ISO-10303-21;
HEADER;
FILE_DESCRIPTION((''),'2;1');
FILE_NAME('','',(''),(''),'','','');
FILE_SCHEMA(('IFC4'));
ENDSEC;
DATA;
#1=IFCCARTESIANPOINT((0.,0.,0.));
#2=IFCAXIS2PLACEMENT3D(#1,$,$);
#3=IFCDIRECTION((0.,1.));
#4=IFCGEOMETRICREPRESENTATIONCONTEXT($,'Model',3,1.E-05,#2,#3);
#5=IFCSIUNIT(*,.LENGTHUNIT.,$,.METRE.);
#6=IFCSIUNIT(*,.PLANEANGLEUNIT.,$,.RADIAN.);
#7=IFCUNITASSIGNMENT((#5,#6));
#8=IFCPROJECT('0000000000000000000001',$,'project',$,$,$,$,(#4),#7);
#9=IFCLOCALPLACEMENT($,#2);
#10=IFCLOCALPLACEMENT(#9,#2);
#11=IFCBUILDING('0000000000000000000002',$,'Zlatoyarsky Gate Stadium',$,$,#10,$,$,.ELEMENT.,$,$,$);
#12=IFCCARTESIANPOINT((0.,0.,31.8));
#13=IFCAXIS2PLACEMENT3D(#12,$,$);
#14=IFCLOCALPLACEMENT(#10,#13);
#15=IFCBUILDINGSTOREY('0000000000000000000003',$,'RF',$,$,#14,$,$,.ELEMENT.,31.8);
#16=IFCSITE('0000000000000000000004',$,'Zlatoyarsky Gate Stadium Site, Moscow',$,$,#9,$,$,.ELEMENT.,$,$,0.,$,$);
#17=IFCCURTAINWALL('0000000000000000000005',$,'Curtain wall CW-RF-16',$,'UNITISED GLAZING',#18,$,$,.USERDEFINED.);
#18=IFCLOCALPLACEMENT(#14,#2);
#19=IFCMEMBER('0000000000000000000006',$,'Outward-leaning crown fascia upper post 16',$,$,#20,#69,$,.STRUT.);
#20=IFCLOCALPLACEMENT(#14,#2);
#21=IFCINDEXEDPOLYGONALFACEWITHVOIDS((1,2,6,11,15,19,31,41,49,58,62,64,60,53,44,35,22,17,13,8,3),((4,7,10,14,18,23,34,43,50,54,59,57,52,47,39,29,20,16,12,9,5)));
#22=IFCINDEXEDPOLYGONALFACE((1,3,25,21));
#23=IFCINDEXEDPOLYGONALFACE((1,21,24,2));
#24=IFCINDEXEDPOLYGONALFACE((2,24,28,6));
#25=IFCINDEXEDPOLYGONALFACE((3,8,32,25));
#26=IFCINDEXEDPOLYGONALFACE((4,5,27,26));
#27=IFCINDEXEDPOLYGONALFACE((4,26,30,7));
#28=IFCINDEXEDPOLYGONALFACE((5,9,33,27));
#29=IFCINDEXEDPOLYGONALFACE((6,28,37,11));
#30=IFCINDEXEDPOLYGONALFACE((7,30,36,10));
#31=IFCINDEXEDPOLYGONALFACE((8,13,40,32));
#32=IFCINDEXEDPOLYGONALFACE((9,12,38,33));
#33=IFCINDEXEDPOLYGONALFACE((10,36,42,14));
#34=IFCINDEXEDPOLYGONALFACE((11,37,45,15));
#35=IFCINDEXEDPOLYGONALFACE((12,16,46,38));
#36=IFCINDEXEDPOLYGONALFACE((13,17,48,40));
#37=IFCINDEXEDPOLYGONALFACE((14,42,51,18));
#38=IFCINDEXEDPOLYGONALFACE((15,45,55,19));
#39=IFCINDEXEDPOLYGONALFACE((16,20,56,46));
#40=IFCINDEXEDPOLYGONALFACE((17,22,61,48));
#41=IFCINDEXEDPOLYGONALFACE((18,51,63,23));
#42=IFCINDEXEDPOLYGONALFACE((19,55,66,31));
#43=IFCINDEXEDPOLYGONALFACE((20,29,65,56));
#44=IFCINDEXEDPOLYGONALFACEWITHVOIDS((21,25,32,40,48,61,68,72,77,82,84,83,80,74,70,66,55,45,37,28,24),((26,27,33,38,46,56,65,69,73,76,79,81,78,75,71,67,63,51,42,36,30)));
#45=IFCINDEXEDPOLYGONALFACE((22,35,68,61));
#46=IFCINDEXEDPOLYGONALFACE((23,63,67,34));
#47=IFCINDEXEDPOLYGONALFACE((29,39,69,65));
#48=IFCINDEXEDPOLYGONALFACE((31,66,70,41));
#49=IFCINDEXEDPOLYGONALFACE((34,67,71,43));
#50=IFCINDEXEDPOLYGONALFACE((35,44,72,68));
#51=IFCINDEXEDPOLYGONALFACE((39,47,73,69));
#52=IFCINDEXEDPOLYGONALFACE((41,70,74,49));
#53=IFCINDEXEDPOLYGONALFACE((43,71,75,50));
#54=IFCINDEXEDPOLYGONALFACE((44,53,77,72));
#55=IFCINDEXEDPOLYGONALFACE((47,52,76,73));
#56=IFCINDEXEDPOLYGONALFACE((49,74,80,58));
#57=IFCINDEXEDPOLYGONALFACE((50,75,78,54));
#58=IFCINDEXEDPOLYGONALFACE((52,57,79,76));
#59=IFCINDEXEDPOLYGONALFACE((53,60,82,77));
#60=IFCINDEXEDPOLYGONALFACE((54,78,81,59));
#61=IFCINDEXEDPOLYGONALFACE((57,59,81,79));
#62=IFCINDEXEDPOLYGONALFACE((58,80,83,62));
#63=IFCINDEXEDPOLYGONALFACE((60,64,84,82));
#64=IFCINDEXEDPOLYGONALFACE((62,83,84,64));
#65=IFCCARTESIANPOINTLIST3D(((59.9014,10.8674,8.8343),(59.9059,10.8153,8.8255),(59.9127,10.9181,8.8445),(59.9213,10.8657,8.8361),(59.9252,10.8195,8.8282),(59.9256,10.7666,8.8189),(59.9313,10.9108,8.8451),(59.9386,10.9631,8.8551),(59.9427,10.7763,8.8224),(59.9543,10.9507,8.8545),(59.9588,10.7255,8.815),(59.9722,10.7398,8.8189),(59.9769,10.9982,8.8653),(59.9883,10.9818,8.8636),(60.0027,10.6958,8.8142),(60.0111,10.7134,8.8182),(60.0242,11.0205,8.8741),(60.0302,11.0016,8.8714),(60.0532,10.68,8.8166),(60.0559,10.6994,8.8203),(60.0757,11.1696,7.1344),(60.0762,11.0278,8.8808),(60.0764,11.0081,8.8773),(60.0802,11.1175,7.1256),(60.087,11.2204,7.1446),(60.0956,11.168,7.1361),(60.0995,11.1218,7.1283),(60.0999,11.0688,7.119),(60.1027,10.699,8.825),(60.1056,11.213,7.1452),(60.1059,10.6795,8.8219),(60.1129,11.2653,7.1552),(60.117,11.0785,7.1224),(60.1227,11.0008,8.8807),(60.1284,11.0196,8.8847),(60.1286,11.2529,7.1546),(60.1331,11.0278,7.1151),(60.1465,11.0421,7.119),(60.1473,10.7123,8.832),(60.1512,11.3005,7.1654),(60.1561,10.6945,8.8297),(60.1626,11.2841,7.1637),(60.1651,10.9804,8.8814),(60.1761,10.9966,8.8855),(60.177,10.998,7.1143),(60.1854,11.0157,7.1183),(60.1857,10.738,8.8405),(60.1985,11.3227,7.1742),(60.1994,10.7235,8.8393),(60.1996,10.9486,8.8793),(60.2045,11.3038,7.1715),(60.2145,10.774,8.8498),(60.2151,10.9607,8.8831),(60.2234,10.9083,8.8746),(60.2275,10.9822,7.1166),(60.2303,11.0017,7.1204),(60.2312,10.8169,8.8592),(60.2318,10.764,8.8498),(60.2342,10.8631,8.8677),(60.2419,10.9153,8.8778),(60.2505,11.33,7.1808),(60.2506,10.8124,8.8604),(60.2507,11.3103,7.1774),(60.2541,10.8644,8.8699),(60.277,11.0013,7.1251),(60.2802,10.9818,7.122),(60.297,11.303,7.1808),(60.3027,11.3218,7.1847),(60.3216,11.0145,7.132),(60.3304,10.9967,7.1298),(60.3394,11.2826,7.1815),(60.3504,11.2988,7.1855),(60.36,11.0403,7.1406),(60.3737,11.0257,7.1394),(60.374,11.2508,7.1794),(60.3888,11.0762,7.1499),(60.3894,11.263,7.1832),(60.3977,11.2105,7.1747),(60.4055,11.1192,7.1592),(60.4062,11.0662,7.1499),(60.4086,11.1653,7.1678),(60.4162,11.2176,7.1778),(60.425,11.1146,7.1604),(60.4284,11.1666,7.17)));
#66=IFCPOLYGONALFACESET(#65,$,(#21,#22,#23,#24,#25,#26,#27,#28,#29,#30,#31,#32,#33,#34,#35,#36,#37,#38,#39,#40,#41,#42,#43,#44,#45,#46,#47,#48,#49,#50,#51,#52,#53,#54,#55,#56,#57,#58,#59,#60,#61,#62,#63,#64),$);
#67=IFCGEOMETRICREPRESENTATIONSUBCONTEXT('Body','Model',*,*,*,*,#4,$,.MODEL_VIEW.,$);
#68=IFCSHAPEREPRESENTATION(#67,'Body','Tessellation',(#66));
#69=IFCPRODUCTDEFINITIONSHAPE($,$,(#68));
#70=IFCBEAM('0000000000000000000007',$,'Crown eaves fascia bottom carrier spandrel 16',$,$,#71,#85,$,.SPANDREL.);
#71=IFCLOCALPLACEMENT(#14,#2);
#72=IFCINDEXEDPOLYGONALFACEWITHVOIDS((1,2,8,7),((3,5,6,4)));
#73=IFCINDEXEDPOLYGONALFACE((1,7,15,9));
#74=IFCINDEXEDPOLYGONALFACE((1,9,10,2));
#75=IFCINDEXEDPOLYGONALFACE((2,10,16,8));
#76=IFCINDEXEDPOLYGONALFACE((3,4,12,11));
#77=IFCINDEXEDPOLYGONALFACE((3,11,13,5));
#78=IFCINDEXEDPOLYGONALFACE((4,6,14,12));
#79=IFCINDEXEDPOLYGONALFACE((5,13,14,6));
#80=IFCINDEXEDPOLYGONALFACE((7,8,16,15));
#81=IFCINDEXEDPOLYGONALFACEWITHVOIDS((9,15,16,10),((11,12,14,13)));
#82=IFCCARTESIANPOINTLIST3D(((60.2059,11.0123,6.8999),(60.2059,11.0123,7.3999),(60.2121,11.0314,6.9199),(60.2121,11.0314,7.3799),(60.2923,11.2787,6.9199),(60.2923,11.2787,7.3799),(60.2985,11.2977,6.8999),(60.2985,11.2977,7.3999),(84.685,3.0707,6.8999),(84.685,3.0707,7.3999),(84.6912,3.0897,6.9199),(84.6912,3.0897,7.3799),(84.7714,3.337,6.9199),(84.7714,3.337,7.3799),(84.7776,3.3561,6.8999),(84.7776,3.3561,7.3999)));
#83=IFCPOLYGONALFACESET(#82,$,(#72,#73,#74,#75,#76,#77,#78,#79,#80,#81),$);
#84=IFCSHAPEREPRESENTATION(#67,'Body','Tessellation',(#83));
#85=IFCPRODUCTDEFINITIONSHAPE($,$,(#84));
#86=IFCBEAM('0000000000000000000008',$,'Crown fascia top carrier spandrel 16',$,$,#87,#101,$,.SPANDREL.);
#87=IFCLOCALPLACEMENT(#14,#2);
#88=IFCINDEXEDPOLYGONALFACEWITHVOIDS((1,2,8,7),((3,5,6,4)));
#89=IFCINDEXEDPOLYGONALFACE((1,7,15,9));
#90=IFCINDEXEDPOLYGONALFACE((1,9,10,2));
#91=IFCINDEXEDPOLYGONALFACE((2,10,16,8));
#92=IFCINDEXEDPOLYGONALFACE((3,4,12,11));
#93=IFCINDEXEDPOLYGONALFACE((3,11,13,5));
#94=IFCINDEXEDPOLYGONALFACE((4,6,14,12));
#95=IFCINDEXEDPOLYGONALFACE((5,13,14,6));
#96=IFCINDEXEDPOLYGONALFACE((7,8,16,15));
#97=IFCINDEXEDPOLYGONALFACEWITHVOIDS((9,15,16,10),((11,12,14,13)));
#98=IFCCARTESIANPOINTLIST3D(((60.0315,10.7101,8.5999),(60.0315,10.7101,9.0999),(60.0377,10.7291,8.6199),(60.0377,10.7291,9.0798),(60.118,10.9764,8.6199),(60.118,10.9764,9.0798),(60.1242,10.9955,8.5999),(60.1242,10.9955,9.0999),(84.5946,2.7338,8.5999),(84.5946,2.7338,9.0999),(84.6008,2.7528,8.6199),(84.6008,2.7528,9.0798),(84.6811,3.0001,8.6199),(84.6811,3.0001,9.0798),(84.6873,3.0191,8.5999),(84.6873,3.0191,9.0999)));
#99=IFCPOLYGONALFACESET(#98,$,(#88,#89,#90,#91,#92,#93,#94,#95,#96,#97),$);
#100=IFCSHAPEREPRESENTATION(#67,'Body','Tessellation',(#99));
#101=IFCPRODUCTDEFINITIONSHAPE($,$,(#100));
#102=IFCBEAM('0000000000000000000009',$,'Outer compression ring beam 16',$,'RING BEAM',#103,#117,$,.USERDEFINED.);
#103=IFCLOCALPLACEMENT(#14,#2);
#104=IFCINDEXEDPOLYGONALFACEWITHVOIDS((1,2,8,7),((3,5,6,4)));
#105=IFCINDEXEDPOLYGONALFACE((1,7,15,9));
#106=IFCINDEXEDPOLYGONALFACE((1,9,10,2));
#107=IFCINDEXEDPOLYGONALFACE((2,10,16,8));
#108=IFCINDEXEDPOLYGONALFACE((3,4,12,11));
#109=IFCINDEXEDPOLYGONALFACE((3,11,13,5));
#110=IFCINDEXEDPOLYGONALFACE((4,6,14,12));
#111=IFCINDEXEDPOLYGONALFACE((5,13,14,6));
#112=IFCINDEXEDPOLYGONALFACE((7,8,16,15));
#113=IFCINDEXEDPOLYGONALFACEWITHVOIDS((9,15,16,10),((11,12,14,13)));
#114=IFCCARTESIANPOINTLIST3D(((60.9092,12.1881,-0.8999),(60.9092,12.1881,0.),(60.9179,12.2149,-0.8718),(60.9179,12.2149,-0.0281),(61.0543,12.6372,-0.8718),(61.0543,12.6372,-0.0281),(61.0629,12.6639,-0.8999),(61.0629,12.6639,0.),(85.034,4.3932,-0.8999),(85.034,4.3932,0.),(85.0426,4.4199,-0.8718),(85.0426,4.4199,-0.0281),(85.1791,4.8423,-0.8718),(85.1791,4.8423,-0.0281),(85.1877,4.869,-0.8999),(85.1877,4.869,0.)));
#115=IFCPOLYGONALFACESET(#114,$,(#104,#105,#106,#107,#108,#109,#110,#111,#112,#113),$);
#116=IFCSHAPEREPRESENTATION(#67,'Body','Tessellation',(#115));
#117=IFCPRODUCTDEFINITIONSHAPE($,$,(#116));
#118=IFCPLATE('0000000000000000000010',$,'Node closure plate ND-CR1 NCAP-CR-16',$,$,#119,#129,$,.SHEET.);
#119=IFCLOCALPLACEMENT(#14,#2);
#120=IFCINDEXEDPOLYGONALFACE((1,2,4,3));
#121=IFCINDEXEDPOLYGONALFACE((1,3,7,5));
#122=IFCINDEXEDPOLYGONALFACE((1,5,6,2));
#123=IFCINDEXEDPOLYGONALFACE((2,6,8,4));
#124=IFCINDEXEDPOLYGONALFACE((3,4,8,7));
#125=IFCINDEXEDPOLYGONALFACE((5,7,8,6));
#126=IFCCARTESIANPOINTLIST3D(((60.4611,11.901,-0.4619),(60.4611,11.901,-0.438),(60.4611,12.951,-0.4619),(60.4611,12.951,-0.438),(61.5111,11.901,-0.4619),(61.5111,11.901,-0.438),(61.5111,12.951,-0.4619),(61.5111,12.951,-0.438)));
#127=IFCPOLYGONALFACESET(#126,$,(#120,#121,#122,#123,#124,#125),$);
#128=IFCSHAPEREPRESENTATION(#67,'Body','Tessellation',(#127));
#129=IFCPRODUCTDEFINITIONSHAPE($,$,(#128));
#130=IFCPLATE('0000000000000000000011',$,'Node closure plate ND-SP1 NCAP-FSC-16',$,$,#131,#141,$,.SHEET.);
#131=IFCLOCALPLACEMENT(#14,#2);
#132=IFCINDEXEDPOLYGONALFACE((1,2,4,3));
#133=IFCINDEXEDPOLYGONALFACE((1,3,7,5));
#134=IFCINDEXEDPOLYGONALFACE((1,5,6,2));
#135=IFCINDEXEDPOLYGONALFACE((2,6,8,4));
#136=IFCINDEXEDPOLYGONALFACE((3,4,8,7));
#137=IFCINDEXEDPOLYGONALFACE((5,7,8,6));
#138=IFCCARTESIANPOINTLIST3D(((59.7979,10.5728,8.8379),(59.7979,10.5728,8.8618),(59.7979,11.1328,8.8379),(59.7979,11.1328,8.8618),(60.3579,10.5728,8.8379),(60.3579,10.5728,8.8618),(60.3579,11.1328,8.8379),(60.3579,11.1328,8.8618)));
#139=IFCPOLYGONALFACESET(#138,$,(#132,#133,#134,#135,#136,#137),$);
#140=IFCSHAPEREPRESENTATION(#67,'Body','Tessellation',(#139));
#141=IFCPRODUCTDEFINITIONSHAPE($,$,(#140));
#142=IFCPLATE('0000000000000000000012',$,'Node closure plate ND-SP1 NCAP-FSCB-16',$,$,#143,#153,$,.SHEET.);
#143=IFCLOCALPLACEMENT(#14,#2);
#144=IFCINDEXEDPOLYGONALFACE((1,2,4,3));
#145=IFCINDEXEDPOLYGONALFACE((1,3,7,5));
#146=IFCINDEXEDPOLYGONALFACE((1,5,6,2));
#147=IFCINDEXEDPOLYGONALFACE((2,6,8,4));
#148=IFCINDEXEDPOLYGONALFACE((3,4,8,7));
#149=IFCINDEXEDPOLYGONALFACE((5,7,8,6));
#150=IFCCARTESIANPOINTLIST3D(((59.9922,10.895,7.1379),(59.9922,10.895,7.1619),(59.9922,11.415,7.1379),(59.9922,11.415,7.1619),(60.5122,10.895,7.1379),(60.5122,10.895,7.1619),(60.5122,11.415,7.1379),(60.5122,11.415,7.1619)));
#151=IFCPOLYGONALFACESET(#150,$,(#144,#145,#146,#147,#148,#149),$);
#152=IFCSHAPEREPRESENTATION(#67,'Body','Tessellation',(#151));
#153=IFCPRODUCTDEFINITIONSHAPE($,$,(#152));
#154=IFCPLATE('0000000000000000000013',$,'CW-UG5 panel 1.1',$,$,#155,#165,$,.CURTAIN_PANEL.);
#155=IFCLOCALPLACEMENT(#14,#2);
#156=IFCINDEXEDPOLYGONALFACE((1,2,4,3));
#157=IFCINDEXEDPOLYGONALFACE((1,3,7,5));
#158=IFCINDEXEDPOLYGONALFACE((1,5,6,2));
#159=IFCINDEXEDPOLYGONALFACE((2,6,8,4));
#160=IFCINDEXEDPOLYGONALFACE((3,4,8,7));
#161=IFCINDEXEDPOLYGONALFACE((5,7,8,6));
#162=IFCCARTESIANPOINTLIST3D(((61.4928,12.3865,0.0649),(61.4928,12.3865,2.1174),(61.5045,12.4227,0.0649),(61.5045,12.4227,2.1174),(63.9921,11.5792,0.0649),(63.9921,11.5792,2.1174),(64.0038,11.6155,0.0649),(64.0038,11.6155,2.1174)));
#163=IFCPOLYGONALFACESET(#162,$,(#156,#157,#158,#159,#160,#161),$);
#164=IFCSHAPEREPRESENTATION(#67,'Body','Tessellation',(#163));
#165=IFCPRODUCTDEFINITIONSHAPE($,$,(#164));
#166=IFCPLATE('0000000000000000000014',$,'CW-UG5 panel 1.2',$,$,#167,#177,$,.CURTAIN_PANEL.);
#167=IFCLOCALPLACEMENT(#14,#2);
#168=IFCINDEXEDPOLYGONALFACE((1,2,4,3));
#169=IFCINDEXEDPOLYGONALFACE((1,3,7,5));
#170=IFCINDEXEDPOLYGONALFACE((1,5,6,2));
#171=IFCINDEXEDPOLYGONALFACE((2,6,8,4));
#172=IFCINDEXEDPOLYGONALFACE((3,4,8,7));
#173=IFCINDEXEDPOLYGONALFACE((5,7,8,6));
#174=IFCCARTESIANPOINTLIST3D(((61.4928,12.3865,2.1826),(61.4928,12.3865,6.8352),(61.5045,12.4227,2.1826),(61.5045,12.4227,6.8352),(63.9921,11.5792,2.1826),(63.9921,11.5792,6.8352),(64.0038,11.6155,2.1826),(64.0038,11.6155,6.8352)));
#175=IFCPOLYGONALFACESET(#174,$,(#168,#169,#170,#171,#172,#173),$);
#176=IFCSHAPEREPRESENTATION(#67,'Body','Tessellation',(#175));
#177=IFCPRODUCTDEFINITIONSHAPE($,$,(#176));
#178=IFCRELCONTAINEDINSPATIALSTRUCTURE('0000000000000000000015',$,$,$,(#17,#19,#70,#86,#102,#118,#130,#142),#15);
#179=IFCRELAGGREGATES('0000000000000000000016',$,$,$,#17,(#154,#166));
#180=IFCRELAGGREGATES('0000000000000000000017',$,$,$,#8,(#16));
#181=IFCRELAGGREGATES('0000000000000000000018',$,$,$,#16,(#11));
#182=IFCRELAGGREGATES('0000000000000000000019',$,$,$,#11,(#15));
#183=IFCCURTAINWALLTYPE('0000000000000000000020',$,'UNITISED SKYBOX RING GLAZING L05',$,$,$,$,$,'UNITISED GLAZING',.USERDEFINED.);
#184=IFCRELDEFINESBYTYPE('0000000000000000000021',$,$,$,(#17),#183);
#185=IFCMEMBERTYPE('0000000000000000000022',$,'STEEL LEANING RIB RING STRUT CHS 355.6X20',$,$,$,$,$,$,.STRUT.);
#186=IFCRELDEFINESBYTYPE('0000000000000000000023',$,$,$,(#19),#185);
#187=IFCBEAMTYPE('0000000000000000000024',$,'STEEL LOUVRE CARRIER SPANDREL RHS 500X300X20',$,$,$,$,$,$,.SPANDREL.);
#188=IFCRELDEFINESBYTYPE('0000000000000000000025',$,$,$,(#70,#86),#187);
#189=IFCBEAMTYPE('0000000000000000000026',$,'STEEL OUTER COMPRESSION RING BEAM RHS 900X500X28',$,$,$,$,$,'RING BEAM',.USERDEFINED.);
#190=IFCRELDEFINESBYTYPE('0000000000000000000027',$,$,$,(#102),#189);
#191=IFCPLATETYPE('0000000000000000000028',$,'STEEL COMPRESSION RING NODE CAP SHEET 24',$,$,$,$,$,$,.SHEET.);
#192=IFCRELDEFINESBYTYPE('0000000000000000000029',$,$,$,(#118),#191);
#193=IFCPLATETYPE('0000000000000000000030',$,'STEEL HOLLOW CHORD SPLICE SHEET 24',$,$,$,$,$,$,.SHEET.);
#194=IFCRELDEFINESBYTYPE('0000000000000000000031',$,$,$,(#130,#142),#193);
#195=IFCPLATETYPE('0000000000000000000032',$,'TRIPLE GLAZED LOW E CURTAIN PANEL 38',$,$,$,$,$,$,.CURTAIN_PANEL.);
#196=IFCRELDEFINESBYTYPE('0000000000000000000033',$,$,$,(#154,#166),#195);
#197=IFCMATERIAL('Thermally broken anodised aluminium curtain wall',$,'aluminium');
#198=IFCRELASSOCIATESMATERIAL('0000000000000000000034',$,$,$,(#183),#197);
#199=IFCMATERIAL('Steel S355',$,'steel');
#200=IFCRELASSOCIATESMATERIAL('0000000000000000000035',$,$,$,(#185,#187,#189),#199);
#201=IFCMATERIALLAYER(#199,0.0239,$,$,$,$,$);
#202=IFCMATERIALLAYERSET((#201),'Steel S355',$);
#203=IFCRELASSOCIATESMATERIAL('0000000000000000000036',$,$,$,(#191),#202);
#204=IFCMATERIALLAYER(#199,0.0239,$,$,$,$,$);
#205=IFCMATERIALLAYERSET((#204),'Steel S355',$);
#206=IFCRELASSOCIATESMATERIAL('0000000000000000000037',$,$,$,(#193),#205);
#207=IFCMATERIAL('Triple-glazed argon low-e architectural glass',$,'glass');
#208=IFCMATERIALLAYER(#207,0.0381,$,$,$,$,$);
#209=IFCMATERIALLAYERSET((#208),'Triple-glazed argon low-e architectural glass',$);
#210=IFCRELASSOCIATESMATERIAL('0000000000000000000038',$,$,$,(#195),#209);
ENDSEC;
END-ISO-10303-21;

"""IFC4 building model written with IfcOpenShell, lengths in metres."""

from ifc_helpers import new_model, si_unit, direction, frame, origin, origin_2d, place, context, subcontext, project, spatial, rectangle, hollow_rectangle, hollow_circle, extrude, material, layer, layer_set, material_profile, profile_set, type_object, element, aggregate, save


model = new_model("IFC4")

# Units and contexts
model_context = context("Model", 3, precision=1e-05, world=origin(), true_north=direction((0.0, 1.0)))
body_context = subcontext(model_context, "Body", "Model", "MODEL_VIEW")
ifc_project = project(units=[si_unit("LENGTHUNIT", "METRE"), si_unit("PLANEANGLEUNIT", "RADIAN")], contexts=[model_context])

# Site, building, storey
site_placement = place(None, origin())
site = spatial("IfcSite", under=ifc_project, at=site_placement, Name="Zlatoyarsky Gate Stadium Site, Moscow", CompositionType="ELEMENT", RefElevation=0.0)
building_placement = place(site_placement, origin())
building = spatial("IfcBuilding", under=site, at=building_placement, Name="Zlatoyarsky Gate Stadium", CompositionType="ELEMENT")
storey_placement = place(building_placement, frame((0.0, 0.0, 31.8)))
storey = spatial("IfcBuildingStorey", under=building, at=storey_placement, Name="RF", CompositionType="ELEMENT", Elevation=31.8)

# Curtain wall
ifc_material_1 = material(Name="Thermally broken anodised aluminium curtain wall", Category="aluminium")
curtain_wall_type = type_object("IfcCurtainWallType", Name="UNITISED SKYBOX RING GLAZING L05", ElementType="UNITISED GLAZING", PredefinedType="USERDEFINED", material=ifc_material_1)
curtain_wall_placement = place(storey_placement, origin())
curtain_wall = element("IfcCurtainWall", 1, at=curtain_wall_placement, inside=storey, type_object=curtain_wall_type, Name="Curtain wall CW-RF-16", ObjectType="UNITISED GLAZING", PredefinedType="USERDEFINED")

# Member
ifc_material_2 = material(Name="Steel S355", Category="steel")
ifc_material_profile_1 = material_profile(ifc_material_2, hollow_circle(Radius=0.1777, WallThickness=0.02, at=origin_2d()), Name="CHS 355.6X20")
ifc_profile_set_1 = profile_set([ifc_material_profile_1], Name="Steel S355")
member_type_1 = type_object("IfcMemberType", Name="STEEL LEANING RIB RING STRUT CHS 355.6X20", PredefinedType="STRUT", material=ifc_profile_set_1)
member_1_placement = place(storey_placement, frame((60.2522, 11.155, 7.1499), z_axis=(-0.100448, -0.174166, 0.97958), x_axis=(0.866255, -0.499601, 0.0)))
element("IfcMember", 2, at=member_1_placement, inside=storey, type_object=member_type_1, Name="Outward-leaning crown fascia upper post 16", PredefinedType="STRUT", context=body_context, shape_type="SweptSolid", body=[
    extrude(hollow_circle(Radius=0.1777, WallThickness=0.02, at=origin_2d()), origin(), (0.0, 0.0, 1.0), 1.7354),
])

# Beams
ifc_material_profile_2 = material_profile(ifc_material_2, hollow_rectangle(XDim=0.3, YDim=0.5, WallThickness=0.02, at=origin_2d()), Name="RHS 500X300X20")
ifc_profile_set_2 = profile_set([ifc_material_profile_2], Name="Steel S355")
beam_type_1 = type_object("IfcBeamType", Name="STEEL LOUVRE CARRIER SPANDREL RHS 500X300X20", PredefinedType="SPANDREL", material=ifc_profile_set_2)
beam_1_placement = place(storey_placement, frame((60.2522, 11.155, 7.1499), z_axis=(0.951194, -0.308593, 0.0), x_axis=(0.308593, 0.951194, 0.0)))
element("IfcBeam", 3, at=beam_1_placement, inside=storey, type_object=beam_type_1, Name="Crown eaves fascia bottom carrier spandrel 16", PredefinedType="SPANDREL", context=body_context, shape_type="SweptSolid", body=[
    extrude(hollow_rectangle(XDim=0.3, YDim=0.5, WallThickness=0.02, at=origin_2d()), origin(), (0.0, 0.0, 1.0), 25.7351),
])
beam_2_placement = place(storey_placement, frame((60.0779, 10.8528, 8.8499), z_axis=(0.95111, -0.308853, 0.0), x_axis=(0.308853, 0.95111, 0.0)))
element("IfcBeam", 4, at=beam_2_placement, inside=storey, type_object=beam_type_1, Name="Crown fascia top carrier spandrel 16", PredefinedType="SPANDREL", context=body_context, shape_type="SweptSolid", body=[
    extrude(hollow_rectangle(XDim=0.3, YDim=0.5, WallThickness=0.02, at=origin_2d()), origin(), (0.0, 0.0, 1.0), 25.8257),
])
ifc_material_profile_3 = material_profile(ifc_material_2, hollow_rectangle(XDim=0.5, YDim=0.8999, WallThickness=0.0281, at=origin_2d()), Name="RHS 900X500X28")
ifc_profile_set_3 = profile_set([ifc_material_profile_3], Name="Steel S355")
beam_type_2 = type_object("IfcBeamType", Name="STEEL OUTER COMPRESSION RING BEAM RHS 900X500X28", ElementType="RING BEAM", PredefinedType="USERDEFINED", material=ifc_profile_set_3)
beam_3_placement = place(storey_placement, frame((60.9861, 12.426, -0.45), z_axis=(0.951562, -0.307458, 0.0), x_axis=(0.307458, 0.951562, 0.0)))
element("IfcBeam", 5, at=beam_3_placement, inside=storey, type_object=beam_type_2, Name="Outer compression ring beam 16", ObjectType="RING BEAM", PredefinedType="USERDEFINED", context=body_context, shape_type="SweptSolid", body=[
    extrude(hollow_rectangle(XDim=0.5, YDim=0.8999, WallThickness=0.0281, at=origin_2d()), origin(), (0.0, 0.0, 1.0), 25.3528),
])

# Plates
ifc_layer_1 = layer(ifc_material_2, 0.0239)
ifc_layer_set_1 = layer_set([ifc_layer_1], Name="Steel S355")
plate_type_1 = type_object("IfcPlateType", Name="STEEL COMPRESSION RING NODE CAP SHEET 24", PredefinedType="SHEET", material=ifc_layer_set_1)
plate_1_placement = place(storey_placement, frame((60.9861, 12.426, -0.4619), z_axis=(0.0, 0.0, 1.0), x_axis=(1.0, 0.0, 0.0)))
element("IfcPlate", 6, at=plate_1_placement, inside=storey, type_object=plate_type_1, Name="Node closure plate ND-CR1 NCAP-CR-16", PredefinedType="SHEET", context=body_context, shape_type="SweptSolid", body=[
    extrude(rectangle(XDim=1.05, YDim=1.05, at=origin_2d()), origin(), (0.0, 0.0, 1.0), 0.0239),
])
ifc_layer_2 = layer(ifc_material_2, 0.0239)
ifc_layer_set_2 = layer_set([ifc_layer_2], Name="Steel S355")
plate_type_2 = type_object("IfcPlateType", Name="STEEL HOLLOW CHORD SPLICE SHEET 24", PredefinedType="SHEET", material=ifc_layer_set_2)
plate_2_placement = place(storey_placement, frame((60.0779, 10.8528, 8.8379), z_axis=(0.0, 0.0, 1.0), x_axis=(1.0, 0.0, 0.0)))
element("IfcPlate", 7, at=plate_2_placement, inside=storey, type_object=plate_type_2, Name="Node closure plate ND-SP1 NCAP-FSC-16", PredefinedType="SHEET", context=body_context, shape_type="SweptSolid", body=[
    extrude(rectangle(XDim=0.5601, YDim=0.5601, at=origin_2d()), origin(), (0.0, 0.0, 1.0), 0.0239),
])
plate_3_placement = place(storey_placement, frame((60.2522, 11.155, 7.1379), z_axis=(0.0, 0.0, 1.0), x_axis=(1.0, 0.0, 0.0)))
element("IfcPlate", 8, at=plate_3_placement, inside=storey, type_object=plate_type_2, Name="Node closure plate ND-SP1 NCAP-FSCB-16", PredefinedType="SHEET", context=body_context, shape_type="SweptSolid", body=[
    extrude(rectangle(XDim=0.52, YDim=0.52, at=origin_2d()), origin(), (0.0, 0.0, 1.0), 0.0239),
])

# Plates
ifc_material_3 = material(Name="Triple-glazed argon low-e architectural glass", Category="glass")
ifc_layer_3 = layer(ifc_material_3, 0.0381)
ifc_layer_set_3 = layer_set([ifc_layer_3], Name="Triple-glazed argon low-e architectural glass")
plate_type_3 = type_object("IfcPlateType", Name="TRIPLE GLAZED LOW E CURTAIN PANEL 38", PredefinedType="CURTAIN_PANEL", material=ifc_layer_set_3)
plate_4_placement = place(storey_placement, frame((62.7483, 12.001, 0.0649), z_axis=(0.0, 0.0, 1.0), x_axis=(0.951596, -0.307352, 0.0)))
plate_4 = element("IfcPlate", 9, at=plate_4_placement, type_object=plate_type_3, Name="CW-UG5 panel 1.1", PredefinedType="CURTAIN_PANEL", context=body_context, shape_type="SweptSolid", body=[
    extrude(rectangle(XDim=2.6265, YDim=0.0381, at=origin_2d()), origin(), (0.0, 0.0, 1.0), 2.0525),
])
plate_5_placement = place(storey_placement, frame((62.7483, 12.001, 2.1826), z_axis=(0.0, 0.0, 1.0), x_axis=(0.951596, -0.307352, 0.0)))
plate_5 = element("IfcPlate", 10, at=plate_5_placement, type_object=plate_type_3, Name="CW-UG5 panel 1.2", PredefinedType="CURTAIN_PANEL", context=body_context, shape_type="SweptSolid", body=[
    extrude(rectangle(XDim=2.6265, YDim=0.0381, at=origin_2d()), origin(), (0.0, 0.0, 1.0), 4.6526),
])
aggregate(curtain_wall, [plate_4, plate_5])

save(model, "model.ifc")
